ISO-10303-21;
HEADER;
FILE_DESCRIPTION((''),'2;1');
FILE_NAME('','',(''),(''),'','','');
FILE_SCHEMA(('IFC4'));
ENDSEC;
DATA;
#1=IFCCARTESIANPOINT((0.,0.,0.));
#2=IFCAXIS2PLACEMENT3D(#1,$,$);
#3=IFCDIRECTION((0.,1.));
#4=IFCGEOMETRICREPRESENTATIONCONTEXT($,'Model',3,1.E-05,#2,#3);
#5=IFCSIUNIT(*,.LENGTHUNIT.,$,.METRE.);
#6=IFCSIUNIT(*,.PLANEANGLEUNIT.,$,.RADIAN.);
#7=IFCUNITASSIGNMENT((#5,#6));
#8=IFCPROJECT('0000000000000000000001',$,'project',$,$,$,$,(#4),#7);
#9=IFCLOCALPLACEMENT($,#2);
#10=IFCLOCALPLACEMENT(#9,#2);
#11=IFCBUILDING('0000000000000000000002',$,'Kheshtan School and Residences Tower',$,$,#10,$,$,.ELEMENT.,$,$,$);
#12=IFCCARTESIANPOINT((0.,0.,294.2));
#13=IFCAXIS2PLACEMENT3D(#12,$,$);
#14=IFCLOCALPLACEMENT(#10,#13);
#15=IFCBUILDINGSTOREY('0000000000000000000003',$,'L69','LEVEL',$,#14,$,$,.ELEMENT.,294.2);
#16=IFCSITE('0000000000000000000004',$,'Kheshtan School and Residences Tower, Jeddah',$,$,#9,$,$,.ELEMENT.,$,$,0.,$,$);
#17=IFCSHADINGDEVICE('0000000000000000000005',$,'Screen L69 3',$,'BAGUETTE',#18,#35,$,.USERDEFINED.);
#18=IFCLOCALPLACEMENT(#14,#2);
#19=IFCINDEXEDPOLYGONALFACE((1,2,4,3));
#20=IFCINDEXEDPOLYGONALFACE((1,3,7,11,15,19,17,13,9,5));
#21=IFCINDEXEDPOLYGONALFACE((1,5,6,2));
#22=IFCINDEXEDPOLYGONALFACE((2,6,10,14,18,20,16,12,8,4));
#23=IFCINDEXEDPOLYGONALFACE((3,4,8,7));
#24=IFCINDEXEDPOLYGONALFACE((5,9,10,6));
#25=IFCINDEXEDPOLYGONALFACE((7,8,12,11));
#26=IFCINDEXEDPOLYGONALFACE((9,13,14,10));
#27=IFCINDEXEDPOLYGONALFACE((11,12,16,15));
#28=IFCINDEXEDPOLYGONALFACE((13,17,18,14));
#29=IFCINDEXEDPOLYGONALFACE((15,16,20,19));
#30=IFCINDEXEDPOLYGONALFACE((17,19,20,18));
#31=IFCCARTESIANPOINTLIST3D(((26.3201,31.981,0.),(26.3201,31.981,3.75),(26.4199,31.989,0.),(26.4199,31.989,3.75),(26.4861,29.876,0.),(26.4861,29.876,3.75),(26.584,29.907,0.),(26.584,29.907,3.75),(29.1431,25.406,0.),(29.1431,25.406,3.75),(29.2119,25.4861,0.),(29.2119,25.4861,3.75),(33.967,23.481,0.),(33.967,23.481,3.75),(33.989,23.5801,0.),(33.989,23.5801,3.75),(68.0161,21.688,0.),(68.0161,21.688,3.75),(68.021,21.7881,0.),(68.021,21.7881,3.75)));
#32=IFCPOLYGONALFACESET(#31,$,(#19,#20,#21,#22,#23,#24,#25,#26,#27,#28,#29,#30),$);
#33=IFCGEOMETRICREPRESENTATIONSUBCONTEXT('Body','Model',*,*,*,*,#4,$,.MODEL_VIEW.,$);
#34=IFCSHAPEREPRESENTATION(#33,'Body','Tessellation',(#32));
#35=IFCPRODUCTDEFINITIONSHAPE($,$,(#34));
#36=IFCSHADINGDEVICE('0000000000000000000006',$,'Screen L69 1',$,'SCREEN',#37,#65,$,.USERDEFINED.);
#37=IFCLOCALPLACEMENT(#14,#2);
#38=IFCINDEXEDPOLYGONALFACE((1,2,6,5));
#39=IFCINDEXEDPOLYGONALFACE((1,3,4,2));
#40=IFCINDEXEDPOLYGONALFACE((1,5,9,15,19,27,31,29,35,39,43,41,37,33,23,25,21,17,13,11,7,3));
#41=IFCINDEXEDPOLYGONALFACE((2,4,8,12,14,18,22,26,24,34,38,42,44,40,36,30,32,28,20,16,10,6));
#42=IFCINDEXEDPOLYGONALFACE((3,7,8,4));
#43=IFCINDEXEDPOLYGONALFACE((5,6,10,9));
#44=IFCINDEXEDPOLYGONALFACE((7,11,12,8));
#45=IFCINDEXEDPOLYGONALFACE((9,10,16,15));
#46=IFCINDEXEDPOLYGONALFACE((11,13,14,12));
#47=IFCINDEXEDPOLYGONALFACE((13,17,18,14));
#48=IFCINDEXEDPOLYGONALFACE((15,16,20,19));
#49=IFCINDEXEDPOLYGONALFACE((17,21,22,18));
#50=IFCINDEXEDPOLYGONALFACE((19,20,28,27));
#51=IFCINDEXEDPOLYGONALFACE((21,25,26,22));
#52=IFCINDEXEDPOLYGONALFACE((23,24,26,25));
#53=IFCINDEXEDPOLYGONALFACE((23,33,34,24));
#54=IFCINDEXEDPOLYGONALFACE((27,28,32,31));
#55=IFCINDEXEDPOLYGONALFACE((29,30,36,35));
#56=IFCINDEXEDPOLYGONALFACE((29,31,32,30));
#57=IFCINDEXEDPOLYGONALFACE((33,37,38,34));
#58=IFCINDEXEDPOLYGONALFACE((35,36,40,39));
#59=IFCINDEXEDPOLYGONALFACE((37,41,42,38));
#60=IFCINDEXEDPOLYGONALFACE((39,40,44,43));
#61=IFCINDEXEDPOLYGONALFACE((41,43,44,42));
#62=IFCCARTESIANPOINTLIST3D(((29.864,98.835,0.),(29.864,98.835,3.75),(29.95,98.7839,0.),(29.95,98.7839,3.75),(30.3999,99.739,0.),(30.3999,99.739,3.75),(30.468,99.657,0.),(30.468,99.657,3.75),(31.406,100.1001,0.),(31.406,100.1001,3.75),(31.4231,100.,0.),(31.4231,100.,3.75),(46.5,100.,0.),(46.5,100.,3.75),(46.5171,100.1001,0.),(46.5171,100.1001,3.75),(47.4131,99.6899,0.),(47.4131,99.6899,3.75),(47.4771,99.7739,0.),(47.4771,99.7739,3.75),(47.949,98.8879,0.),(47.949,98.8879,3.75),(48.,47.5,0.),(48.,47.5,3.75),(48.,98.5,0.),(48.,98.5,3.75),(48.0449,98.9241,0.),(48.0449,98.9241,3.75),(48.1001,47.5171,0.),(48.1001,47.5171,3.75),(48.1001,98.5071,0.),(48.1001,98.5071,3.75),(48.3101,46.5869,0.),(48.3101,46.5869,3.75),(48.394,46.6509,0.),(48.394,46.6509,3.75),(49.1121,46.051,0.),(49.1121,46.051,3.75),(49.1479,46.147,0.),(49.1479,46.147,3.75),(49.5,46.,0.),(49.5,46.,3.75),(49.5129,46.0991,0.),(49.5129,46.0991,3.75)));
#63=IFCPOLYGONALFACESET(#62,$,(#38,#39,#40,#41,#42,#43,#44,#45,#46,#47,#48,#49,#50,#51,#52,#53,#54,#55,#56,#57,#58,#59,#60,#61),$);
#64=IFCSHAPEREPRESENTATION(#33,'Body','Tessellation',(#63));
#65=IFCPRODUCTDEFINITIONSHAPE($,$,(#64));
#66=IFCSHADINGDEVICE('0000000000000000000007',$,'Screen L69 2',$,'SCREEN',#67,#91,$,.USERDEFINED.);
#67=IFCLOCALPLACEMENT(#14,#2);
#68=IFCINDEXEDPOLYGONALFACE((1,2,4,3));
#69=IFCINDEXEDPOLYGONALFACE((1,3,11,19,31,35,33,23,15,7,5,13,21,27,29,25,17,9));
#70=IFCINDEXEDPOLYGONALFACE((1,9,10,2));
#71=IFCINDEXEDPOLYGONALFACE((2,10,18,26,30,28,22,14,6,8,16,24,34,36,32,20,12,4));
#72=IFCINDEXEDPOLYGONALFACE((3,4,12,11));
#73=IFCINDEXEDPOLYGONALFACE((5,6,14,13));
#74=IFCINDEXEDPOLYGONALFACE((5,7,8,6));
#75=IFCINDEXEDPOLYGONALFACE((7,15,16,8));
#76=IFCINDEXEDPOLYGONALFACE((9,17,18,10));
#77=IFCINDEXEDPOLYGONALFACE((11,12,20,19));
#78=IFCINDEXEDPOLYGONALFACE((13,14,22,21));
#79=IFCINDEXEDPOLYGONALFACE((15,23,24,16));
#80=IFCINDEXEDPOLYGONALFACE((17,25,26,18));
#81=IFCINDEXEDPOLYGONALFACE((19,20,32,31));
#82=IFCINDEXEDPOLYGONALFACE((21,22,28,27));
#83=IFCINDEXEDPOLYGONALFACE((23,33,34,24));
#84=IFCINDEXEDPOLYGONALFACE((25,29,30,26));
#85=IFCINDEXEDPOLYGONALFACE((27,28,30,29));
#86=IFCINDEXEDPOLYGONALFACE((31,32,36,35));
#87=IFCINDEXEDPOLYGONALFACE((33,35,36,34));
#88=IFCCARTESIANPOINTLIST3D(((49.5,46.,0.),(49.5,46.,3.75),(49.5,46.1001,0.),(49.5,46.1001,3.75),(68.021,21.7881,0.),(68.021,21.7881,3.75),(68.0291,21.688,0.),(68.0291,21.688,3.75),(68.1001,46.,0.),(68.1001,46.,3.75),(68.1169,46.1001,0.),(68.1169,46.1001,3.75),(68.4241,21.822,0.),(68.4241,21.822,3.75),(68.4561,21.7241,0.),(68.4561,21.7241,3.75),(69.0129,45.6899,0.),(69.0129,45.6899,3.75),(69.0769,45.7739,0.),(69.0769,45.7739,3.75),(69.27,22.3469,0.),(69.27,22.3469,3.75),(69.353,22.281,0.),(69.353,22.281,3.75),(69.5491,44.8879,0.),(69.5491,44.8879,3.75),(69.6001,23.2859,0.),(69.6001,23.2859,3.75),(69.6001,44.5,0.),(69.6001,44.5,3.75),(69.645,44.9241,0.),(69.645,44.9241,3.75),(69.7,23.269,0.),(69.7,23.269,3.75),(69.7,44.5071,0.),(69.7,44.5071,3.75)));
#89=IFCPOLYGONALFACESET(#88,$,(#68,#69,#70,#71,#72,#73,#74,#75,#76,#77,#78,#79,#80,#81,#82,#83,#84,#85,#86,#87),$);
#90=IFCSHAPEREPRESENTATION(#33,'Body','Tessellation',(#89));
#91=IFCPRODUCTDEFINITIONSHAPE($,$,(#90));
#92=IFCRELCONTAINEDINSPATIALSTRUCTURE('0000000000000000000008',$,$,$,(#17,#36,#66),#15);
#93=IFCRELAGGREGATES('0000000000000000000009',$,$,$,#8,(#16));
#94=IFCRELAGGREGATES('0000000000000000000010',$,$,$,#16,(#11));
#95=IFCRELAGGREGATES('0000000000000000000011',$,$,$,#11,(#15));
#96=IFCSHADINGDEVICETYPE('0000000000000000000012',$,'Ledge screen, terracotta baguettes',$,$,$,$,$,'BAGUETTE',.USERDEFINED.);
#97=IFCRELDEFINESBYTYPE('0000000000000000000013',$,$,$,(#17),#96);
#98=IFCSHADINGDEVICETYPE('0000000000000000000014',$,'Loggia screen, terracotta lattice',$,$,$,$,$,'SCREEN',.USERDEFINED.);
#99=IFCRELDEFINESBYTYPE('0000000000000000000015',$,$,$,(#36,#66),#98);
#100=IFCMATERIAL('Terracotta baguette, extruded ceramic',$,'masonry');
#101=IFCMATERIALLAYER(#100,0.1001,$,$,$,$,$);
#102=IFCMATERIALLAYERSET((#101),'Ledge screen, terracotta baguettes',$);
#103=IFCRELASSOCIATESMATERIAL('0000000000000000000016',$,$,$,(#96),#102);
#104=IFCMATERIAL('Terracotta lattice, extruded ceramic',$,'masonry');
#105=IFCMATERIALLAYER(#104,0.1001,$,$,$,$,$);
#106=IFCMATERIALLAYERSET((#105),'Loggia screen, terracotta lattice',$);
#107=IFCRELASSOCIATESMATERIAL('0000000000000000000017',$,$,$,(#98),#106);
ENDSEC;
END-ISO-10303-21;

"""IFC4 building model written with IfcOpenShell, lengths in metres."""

from ifc_helpers import new_model, si_unit, direction, frame, origin, place, context, subcontext, project, spatial, polyline, outline, extrude, material, layer, layer_set, type_object, element, save


model = new_model("IFC4")

# Units and contexts
model_context = context("Model", 3, precision=1e-05, world=origin(), true_north=direction((0.0, 1.0)))
body_context = subcontext(model_context, "Body", "Model", "MODEL_VIEW")
ifc_project = project(units=[si_unit("LENGTHUNIT", "METRE"), si_unit("PLANEANGLEUNIT", "RADIAN")], contexts=[model_context])

# Site, building, storey
site_placement = place(None, origin())
site = spatial("IfcSite", under=ifc_project, at=site_placement, Name="Kheshtan School and Residences Tower, Jeddah", CompositionType="ELEMENT", RefElevation=0.0)
building_placement = place(site_placement, origin())
building = spatial("IfcBuilding", under=site, at=building_placement, Name="Kheshtan School and Residences Tower", CompositionType="ELEMENT")
storey_placement = place(building_placement, frame((0.0, 0.0, 294.2)))
storey = spatial("IfcBuildingStorey", under=building, at=storey_placement, Name="L69", Description="LEVEL", CompositionType="ELEMENT", Elevation=294.2)

# Shading devices
ifc_material_1 = material(Name="Terracotta baguette, extruded ceramic", Category="masonry")
ifc_layer_1 = layer(ifc_material_1, 0.1001)
ifc_layer_set_1 = layer_set([ifc_layer_1], Name="Ledge screen, terracotta baguettes")
shading_device_type_1 = type_object("IfcShadingDeviceType", Name="Ledge screen, terracotta baguettes", ElementType="BAGUETTE", PredefinedType="USERDEFINED", material=ifc_layer_set_1)
shading_device_1_placement = place(storey_placement, origin())
element("IfcShadingDevice", 1, at=shading_device_1_placement, inside=storey, type_object=shading_device_type_1, Name="Screen L69 3", ObjectType="BAGUETTE", PredefinedType="USERDEFINED", context=body_context, shape_type="SweptSolid", body=[
    extrude(outline(polyline([(68.021, 21.7881), (33.989, 23.5801), (29.2119, 25.4861), (26.584, 29.907), (26.4199, 31.989), (26.3201, 31.981), (26.4861, 29.876), (29.1431, 25.406), (33.967, 23.481), (68.0161, 21.688), (68.021, 21.7881)])), origin(), (0.0, 0.0, 1.0), 3.75),
])
ifc_material_2 = material(Name="Terracotta lattice, extruded ceramic", Category="masonry")
ifc_layer_2 = layer(ifc_material_2, 0.1001)
ifc_layer_set_2 = layer_set([ifc_layer_2], Name="Loggia screen, terracotta lattice")
shading_device_type_2 = type_object("IfcShadingDeviceType", Name="Loggia screen, terracotta lattice", ElementType="SCREEN", PredefinedType="USERDEFINED", material=ifc_layer_set_2)
shading_device_2_placement = place(storey_placement, origin())
element("IfcShadingDevice", 2, at=shading_device_2_placement, inside=storey, type_object=shading_device_type_2, Name="Screen L69 1", ObjectType="SCREEN", PredefinedType="USERDEFINED", context=body_context, shape_type="SweptSolid", body=[
    extrude(outline(polyline([(29.95, 98.7839), (30.468, 99.657), (31.4231, 100.0), (46.5, 100.0), (47.4131, 99.6899), (47.949, 98.8879), (48.0, 98.5), (48.0, 47.5), (48.3101, 46.5869), (49.1121, 46.051), (49.5, 46.0), (49.5129, 46.0991), (49.1479, 46.147), (48.394, 46.6509), (48.1001, 47.5171), (48.1001, 98.5071), (48.0449, 98.9241), (47.4771, 99.7739), (46.5171, 100.1001), (31.406, 100.1001), (30.3999, 99.739), (29.864, 98.835), (29.95, 98.7839)])), origin(), (0.0, 0.0, 1.0), 3.75),
])
shading_device_3_placement = place(storey_placement, origin())
element("IfcShadingDevice", 3, at=shading_device_3_placement, inside=storey, type_object=shading_device_type_2, Name="Screen L69 2", ObjectType="SCREEN", PredefinedType="USERDEFINED", context=body_context, shape_type="SweptSolid", body=[
    extrude(outline(polyline([(49.5, 46.0), (68.1001, 46.0), (69.0129, 45.6899), (69.5491, 44.8879), (69.6001, 44.5), (69.6001, 23.2859), (69.27, 22.3469), (68.4241, 21.822), (68.021, 21.7881), (68.0291, 21.688), (68.4561, 21.7241), (69.353, 22.281), (69.7, 23.269), (69.7, 44.5071), (69.645, 44.9241), (69.0769, 45.7739), (68.1169, 46.1001), (49.5, 46.1001), (49.5, 46.0)])), origin(), (0.0, 0.0, 1.0), 3.75),
])

save(model, "model.ifc")
